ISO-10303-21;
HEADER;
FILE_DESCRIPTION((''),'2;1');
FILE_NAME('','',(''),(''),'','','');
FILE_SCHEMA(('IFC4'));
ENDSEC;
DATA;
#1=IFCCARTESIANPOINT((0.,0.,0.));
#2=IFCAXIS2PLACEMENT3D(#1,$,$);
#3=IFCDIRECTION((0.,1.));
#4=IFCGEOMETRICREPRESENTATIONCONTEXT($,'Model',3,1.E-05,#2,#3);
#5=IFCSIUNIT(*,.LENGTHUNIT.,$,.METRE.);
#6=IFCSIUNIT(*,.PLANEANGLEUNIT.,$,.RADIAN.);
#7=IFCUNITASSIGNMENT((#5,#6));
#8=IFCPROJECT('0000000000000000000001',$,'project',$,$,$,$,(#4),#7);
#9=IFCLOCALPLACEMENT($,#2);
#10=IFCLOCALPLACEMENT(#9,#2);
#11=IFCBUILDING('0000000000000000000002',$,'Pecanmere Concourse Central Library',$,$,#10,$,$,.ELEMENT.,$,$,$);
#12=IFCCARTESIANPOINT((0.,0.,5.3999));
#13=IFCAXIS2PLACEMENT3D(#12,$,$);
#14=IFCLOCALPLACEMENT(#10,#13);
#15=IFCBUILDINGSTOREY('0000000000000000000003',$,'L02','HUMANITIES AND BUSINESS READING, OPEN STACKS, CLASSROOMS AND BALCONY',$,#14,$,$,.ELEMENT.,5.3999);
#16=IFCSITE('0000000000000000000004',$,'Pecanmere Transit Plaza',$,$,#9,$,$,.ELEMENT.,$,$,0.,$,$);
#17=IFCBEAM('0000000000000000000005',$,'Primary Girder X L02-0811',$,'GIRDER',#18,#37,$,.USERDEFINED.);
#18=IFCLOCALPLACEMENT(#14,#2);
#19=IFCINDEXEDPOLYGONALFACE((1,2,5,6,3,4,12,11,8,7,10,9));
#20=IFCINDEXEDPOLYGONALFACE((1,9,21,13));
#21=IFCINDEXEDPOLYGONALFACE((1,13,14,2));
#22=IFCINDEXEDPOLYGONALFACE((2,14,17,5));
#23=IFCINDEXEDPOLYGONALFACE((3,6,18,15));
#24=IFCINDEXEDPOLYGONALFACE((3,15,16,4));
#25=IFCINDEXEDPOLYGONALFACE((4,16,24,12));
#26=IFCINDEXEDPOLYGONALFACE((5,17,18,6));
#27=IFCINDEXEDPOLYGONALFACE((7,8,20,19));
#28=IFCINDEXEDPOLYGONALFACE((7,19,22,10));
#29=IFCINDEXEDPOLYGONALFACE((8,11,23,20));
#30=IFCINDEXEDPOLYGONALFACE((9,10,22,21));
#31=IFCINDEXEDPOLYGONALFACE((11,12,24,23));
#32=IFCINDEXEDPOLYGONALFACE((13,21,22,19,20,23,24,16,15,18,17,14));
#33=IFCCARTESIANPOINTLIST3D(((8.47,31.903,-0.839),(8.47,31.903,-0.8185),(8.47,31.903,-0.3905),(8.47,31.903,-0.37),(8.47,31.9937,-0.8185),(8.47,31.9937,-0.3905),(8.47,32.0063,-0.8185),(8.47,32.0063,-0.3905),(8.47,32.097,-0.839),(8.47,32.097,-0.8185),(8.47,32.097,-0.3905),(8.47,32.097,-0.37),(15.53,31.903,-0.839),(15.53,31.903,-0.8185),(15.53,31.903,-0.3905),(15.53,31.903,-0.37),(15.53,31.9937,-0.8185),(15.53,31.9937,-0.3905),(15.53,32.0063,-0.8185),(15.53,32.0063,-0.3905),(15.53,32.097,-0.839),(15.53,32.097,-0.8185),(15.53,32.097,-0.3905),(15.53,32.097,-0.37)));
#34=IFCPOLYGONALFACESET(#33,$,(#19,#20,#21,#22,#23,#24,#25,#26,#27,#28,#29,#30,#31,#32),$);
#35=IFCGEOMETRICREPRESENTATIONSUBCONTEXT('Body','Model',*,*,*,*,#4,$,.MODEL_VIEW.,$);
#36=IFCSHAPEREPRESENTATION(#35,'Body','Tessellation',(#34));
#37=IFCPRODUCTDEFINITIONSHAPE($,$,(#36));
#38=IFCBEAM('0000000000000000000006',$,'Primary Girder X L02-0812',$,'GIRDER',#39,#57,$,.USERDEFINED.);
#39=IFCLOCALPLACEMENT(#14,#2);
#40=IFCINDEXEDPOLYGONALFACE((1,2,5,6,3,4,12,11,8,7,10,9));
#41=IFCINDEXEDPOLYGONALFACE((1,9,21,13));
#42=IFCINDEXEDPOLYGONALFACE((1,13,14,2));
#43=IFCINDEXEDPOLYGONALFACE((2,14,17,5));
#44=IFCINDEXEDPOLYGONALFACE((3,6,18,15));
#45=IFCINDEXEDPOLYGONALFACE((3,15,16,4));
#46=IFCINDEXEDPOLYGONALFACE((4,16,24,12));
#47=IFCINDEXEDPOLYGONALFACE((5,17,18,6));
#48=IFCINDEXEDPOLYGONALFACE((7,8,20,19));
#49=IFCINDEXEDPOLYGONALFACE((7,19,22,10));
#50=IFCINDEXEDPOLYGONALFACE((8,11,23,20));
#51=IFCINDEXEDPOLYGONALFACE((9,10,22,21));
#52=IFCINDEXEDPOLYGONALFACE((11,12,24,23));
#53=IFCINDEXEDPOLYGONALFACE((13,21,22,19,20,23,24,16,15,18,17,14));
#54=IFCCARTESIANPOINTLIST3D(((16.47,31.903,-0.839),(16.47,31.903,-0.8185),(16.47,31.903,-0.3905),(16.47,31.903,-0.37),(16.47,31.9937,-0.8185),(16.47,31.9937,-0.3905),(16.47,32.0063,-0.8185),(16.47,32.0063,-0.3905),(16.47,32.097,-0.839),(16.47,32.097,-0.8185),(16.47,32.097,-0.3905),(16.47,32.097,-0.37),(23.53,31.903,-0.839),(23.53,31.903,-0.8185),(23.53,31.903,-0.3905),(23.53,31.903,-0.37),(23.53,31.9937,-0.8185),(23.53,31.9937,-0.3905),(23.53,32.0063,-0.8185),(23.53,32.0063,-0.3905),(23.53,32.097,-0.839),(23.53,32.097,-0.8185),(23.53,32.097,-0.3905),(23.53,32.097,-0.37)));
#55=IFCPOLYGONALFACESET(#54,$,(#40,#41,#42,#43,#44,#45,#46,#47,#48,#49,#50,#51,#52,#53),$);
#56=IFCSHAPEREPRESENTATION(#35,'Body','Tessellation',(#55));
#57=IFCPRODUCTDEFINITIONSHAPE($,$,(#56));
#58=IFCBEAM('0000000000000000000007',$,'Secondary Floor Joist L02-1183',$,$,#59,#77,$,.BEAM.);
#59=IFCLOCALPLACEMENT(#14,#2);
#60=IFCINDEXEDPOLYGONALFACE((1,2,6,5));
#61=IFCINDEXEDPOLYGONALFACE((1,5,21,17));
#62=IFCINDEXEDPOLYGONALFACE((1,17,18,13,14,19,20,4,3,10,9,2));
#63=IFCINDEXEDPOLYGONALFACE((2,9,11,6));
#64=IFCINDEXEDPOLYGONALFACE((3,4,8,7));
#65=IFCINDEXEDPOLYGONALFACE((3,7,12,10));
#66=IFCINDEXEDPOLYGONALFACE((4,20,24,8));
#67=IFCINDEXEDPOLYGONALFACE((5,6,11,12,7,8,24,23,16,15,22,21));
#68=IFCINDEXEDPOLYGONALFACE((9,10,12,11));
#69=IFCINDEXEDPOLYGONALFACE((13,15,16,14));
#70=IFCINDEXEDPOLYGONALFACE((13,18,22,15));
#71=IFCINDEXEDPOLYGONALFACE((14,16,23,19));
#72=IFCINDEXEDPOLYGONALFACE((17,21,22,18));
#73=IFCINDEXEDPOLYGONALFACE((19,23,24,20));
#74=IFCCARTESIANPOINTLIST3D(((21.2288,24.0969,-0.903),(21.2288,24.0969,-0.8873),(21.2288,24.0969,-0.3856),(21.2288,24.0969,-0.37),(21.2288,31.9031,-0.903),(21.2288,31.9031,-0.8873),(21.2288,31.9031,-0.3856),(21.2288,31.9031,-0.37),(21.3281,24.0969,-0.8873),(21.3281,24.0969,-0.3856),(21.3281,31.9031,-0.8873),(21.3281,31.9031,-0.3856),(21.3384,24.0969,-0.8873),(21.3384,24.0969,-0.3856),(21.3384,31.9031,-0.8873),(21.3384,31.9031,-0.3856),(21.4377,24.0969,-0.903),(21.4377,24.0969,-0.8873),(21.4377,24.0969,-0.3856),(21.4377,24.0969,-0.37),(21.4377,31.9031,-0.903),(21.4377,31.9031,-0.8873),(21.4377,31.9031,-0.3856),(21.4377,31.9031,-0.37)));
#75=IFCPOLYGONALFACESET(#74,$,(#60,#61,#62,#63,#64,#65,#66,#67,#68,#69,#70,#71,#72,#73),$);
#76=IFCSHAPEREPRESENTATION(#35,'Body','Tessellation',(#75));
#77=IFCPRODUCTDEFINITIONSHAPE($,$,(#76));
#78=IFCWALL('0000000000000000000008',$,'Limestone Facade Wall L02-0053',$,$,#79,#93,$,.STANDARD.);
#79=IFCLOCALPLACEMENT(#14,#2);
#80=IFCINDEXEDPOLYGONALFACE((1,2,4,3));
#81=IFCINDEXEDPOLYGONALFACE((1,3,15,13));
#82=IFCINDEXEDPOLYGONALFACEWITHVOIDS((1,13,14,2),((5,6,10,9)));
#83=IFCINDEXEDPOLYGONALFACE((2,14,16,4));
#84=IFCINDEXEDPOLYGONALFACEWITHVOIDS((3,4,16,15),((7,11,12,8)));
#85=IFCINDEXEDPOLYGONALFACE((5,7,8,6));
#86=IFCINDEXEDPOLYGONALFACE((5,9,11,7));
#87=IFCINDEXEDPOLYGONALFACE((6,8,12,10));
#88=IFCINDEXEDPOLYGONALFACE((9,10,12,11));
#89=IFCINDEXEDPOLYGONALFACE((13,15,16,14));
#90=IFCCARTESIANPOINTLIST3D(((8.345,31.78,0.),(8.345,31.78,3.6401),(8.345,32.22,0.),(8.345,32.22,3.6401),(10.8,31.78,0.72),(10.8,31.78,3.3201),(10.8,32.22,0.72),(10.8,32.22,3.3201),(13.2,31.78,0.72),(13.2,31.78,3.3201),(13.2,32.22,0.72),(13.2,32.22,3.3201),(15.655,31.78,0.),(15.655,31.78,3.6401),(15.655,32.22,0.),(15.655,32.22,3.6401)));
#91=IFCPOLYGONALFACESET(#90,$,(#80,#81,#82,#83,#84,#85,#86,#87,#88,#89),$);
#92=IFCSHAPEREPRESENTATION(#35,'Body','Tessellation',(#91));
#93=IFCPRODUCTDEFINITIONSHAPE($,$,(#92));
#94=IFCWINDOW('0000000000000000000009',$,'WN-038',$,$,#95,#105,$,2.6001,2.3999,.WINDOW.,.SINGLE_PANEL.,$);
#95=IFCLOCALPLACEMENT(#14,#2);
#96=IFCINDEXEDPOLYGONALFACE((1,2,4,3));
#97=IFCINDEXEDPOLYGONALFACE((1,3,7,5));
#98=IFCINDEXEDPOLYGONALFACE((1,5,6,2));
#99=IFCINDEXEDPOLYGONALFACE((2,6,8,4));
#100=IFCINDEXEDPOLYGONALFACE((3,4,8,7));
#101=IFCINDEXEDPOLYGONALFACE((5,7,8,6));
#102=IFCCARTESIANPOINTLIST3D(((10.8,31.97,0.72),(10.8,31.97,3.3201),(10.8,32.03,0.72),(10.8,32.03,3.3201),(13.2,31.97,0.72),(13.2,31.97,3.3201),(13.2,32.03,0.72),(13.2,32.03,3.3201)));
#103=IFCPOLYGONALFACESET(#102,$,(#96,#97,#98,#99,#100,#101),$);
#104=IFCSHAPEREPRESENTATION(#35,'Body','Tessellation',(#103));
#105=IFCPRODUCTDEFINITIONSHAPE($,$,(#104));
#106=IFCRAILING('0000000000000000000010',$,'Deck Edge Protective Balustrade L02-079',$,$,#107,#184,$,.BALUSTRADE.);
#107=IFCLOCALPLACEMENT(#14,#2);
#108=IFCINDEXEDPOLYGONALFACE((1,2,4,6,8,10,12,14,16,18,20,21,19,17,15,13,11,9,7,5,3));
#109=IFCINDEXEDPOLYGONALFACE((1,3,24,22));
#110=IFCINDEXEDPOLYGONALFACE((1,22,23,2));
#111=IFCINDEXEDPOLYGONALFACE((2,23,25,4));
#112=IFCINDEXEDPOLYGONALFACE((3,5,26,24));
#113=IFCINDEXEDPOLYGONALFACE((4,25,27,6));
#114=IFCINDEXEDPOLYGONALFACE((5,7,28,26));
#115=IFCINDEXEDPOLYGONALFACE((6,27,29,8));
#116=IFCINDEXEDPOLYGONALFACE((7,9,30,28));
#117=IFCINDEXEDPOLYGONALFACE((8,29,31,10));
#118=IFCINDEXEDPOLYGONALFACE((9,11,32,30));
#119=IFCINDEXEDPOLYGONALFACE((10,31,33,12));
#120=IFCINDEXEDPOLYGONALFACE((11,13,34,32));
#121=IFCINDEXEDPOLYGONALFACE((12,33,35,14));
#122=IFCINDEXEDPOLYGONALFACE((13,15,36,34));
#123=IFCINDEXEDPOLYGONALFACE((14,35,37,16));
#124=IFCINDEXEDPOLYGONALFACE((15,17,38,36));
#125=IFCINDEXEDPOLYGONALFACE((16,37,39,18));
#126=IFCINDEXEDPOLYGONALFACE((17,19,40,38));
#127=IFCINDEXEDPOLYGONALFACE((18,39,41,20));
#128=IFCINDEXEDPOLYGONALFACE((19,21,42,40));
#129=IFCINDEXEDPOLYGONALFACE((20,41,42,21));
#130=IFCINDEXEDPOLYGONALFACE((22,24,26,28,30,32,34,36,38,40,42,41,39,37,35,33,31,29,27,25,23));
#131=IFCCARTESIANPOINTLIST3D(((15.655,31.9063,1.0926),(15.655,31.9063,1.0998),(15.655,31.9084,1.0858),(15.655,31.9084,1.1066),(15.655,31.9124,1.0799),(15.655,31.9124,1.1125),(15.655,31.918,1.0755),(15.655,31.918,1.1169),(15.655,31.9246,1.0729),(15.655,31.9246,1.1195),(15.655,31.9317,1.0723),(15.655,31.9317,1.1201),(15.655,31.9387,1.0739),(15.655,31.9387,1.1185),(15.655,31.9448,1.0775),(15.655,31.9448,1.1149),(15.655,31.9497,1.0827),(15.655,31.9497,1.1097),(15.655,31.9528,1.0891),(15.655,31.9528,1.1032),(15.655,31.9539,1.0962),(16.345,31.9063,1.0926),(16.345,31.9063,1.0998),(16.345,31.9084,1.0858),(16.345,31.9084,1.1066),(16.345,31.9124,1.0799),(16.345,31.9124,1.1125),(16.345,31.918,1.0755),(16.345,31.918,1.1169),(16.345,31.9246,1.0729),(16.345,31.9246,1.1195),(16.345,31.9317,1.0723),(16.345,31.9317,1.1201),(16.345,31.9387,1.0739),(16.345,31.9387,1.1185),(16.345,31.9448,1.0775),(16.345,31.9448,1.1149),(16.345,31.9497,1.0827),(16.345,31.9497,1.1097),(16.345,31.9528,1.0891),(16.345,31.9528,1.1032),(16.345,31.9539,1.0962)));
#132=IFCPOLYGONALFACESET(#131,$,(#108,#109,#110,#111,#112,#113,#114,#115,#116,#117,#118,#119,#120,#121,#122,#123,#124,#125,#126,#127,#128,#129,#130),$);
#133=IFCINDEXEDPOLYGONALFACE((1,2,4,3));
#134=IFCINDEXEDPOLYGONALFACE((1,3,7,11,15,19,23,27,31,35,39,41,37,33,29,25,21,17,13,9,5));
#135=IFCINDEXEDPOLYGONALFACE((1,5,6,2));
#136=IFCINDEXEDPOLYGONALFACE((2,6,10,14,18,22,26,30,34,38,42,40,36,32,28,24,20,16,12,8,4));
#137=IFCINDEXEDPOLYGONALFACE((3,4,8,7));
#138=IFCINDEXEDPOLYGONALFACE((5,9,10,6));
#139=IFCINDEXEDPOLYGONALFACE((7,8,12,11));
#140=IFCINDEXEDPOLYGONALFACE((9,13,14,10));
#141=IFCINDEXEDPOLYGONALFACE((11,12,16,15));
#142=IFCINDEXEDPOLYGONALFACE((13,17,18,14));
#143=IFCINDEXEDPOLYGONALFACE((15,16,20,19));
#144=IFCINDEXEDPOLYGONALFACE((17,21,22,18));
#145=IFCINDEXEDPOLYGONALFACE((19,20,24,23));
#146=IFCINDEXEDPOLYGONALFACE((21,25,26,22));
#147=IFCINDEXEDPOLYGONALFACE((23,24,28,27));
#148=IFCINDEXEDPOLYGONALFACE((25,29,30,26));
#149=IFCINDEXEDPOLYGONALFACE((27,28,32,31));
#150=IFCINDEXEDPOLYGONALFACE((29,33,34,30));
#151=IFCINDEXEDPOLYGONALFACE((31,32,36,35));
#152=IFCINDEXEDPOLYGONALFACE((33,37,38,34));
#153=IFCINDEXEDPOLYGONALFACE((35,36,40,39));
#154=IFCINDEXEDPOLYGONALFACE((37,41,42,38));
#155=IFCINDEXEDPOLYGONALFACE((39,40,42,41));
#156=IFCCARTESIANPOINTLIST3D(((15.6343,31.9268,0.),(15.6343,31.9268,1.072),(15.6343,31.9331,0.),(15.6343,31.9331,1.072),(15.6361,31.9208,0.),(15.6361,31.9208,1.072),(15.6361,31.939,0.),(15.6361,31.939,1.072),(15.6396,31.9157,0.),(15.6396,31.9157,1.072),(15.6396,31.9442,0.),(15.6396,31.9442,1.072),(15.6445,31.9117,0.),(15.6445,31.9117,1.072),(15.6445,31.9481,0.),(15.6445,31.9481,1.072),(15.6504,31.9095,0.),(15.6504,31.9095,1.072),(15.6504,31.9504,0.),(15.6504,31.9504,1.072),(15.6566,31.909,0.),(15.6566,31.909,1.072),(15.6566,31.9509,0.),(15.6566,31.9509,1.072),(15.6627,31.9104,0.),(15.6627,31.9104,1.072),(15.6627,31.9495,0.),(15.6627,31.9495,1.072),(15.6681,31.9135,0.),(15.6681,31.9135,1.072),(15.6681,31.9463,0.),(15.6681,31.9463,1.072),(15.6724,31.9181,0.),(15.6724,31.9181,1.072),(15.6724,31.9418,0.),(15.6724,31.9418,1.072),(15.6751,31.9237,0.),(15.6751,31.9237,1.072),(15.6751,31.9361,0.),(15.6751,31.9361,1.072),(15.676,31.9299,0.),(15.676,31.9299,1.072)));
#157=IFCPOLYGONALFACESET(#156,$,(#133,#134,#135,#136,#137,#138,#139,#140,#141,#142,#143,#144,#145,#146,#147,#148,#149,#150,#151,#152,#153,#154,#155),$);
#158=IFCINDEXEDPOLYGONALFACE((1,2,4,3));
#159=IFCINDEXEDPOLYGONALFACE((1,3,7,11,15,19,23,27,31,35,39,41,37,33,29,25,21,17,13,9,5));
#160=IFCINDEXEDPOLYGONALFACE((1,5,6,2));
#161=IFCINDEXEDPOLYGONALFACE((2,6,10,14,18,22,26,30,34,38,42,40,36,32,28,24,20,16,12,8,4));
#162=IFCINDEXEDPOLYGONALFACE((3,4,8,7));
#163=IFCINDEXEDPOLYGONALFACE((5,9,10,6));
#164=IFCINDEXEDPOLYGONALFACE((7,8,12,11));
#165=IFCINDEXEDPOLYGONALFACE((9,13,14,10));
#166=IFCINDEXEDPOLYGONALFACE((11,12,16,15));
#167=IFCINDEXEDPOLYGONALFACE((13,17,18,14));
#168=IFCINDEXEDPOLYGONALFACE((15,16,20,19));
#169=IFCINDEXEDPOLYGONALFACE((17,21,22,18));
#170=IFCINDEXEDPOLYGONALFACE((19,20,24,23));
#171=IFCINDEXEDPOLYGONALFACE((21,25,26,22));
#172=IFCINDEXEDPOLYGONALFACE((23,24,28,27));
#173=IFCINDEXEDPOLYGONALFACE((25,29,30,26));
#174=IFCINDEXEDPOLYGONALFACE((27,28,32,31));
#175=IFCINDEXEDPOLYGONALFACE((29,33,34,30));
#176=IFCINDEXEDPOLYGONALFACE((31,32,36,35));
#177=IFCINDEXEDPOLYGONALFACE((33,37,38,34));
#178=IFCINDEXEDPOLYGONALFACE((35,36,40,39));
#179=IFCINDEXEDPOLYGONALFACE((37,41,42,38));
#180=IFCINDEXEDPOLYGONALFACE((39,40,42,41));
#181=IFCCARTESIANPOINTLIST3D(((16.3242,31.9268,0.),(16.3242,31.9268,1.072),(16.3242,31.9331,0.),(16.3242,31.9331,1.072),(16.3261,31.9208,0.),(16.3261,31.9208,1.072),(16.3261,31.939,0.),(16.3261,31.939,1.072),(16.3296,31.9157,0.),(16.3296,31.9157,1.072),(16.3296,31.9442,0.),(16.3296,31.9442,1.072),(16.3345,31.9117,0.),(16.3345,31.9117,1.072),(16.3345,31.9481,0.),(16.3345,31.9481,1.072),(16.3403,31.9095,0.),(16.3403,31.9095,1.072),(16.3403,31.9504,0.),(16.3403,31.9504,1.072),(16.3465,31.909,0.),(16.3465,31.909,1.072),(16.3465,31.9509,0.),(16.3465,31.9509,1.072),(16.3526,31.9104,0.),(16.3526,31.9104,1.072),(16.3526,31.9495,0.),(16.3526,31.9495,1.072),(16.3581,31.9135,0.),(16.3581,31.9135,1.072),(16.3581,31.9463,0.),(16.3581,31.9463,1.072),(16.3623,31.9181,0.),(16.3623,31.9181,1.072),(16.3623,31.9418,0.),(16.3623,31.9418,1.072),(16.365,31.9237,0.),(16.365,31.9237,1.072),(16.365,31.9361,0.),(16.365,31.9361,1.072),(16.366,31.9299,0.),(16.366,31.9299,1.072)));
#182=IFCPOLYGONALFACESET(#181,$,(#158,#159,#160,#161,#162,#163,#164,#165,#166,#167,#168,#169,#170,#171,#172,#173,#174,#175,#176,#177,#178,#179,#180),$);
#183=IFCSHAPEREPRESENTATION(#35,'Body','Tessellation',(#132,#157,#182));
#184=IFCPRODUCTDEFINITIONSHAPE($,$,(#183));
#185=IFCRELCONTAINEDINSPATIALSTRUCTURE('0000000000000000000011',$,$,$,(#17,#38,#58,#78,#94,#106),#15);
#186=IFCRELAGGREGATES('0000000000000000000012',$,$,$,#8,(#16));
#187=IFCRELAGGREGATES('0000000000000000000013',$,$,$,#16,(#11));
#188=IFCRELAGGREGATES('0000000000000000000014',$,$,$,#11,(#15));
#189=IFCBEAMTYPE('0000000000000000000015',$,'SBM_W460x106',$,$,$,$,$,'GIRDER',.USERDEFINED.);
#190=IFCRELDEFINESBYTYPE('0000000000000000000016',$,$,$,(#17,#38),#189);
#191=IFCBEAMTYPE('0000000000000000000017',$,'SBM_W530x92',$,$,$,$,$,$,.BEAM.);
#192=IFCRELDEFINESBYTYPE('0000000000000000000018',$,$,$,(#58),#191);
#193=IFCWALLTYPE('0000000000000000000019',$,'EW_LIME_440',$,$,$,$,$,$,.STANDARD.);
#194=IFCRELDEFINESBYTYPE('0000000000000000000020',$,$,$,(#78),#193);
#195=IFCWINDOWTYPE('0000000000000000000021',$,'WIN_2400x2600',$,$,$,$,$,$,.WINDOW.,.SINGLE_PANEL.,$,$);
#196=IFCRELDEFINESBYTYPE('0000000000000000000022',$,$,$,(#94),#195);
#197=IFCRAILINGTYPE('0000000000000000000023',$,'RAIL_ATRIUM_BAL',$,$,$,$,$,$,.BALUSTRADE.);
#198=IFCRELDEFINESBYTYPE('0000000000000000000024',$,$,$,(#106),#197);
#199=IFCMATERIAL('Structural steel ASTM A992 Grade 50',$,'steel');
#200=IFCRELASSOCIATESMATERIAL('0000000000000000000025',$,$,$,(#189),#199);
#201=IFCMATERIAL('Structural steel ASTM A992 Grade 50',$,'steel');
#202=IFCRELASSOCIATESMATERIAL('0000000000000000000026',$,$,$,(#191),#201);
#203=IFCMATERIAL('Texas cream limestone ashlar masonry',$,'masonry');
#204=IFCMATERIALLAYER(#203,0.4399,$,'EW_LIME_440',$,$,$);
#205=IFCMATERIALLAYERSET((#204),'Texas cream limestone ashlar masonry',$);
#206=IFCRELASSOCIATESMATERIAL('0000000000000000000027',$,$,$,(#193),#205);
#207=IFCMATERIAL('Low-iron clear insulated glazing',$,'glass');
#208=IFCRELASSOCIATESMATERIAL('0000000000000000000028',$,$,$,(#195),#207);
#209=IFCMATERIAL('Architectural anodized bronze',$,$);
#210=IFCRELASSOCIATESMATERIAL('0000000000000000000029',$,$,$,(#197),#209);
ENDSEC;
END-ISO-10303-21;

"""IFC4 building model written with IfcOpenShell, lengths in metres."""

from ifc_helpers import new_model, si_unit, direction, frame, frame_2d, origin, origin_2d, place, context, subcontext, project, spatial, rectangle, circle, i_section, extrude, material, layer, layer_set, material_profile, profile_set, type_object, element, fill, save


model = new_model("IFC4")

# Units and contexts
model_context = context("Model", 3, precision=1e-05, world=origin(), true_north=direction((0.0, 1.0)))
body_context = subcontext(model_context, "Body", "Model", "MODEL_VIEW")
ifc_project = project(units=[si_unit("LENGTHUNIT", "METRE"), si_unit("PLANEANGLEUNIT", "RADIAN")], contexts=[model_context])

# Site, building, storey
site_placement = place(None, origin())
site = spatial("IfcSite", under=ifc_project, at=site_placement, Name="Pecanmere Transit Plaza", CompositionType="ELEMENT", RefElevation=0.0)
building_placement = place(site_placement, origin())
building = spatial("IfcBuilding", under=site, at=building_placement, Name="Pecanmere Concourse Central Library", CompositionType="ELEMENT")
storey_placement = place(building_placement, frame((0.0, 0.0, 5.3999)))
storey = spatial("IfcBuildingStorey", under=building, at=storey_placement, Name="L02", Description="HUMANITIES AND BUSINESS READING, OPEN STACKS, CLASSROOMS AND BALCONY", CompositionType="ELEMENT", Elevation=5.3999)

# Beams
ifc_material_1 = material(Name="Structural steel ASTM A992 Grade 50", Category="steel")
ifc_material_profile_1 = material_profile(ifc_material_1, i_section(OverallWidth=0.1941, OverallDepth=0.469, WebThickness=0.0127, FlangeThickness=0.0205, at=origin_2d()), Name="W460x106")
ifc_profile_set_1 = profile_set([ifc_material_profile_1], Name="Structural steel ASTM A992 Grade 50")
beam_type_1 = type_object("IfcBeamType", Name="SBM_W460x106", ElementType="GIRDER", PredefinedType="USERDEFINED", material=ifc_profile_set_1)
for number, where, z_axis, x_axis, name in (
    (1, (8.47, 32.0, -0.6045), (1.0, 0.0, 0.0), (0.0, 1.0, 0.0), "Primary Girder X L02-0811"),
    (2, (16.47, 32.0, -0.6045), (1.0, 0.0, 0.0), (0.0, 1.0, 0.0), "Primary Girder X L02-0812"),
):
    element("IfcBeam", number, at=place(storey_placement, frame(where, z_axis=z_axis, x_axis=x_axis)), inside=storey, type_object=beam_type_1, Name=name, ObjectType="GIRDER", PredefinedType="USERDEFINED", context=body_context, shape_type="SweptSolid", body=[
        extrude(i_section(OverallWidth=0.1941, OverallDepth=0.469, WebThickness=0.0127, FlangeThickness=0.0205, at=origin_2d()), origin(), (0.0, 0.0, 1.0), 7.0601),
    ])
ifc_material_2 = material(Name="Structural steel ASTM A992 Grade 50", Category="steel")
ifc_material_profile_2 = material_profile(ifc_material_2, i_section(OverallWidth=0.209, OverallDepth=0.533, WebThickness=0.0103, FlangeThickness=0.0156, at=origin_2d()), Name="W530x92")
ifc_profile_set_2 = profile_set([ifc_material_profile_2], Name="Structural steel ASTM A992 Grade 50")
beam_type_2 = type_object("IfcBeamType", Name="SBM_W530x92", PredefinedType="BEAM", material=ifc_profile_set_2)
beam_1_placement = place(storey_placement, frame((21.3333, 24.0969, -0.6365), z_axis=(0.0, 1.0, 0.0), x_axis=(-1.0, 0.0, 0.0)))
element("IfcBeam", 3, at=beam_1_placement, inside=storey, type_object=beam_type_2, Name="Secondary Floor Joist L02-1183", PredefinedType="BEAM", context=body_context, shape_type="SweptSolid", body=[
    extrude(i_section(OverallWidth=0.209, OverallDepth=0.533, WebThickness=0.0103, FlangeThickness=0.0156, at=origin_2d()), origin(), (0.0, 0.0, 1.0), 7.8062),
])

# Wall, opening, window
ifc_material_3 = material(Name="Texas cream limestone ashlar masonry", Category="masonry")
ifc_layer = layer(ifc_material_3, 0.4399, Name="EW_LIME_440")
ifc_layer_set = layer_set([ifc_layer], Name="Texas cream limestone ashlar masonry")
wall_type = type_object("IfcWallType", Name="EW_LIME_440", PredefinedType="STANDARD", material=ifc_layer_set)
wall_placement = place(storey_placement, frame((15.655, 32.0, 0.0), z_axis=(0.0, 0.0, 1.0), x_axis=(-1.0, 0.0, 0.0)))
wall = element("IfcWall", 4, at=wall_placement, inside=storey, type_object=wall_type, Name="Limestone Facade Wall L02-0053", PredefinedType="STANDARD", context=body_context, shape_type="SweptSolid", body=[
    extrude(rectangle(XDim=7.3101, YDim=0.4399, at=frame_2d((3.655, 0.0))), origin(), (0.0, 0.0, 1.0), 3.6401),
])
opening_placement = place(wall_placement, frame((2.4551, 0.0, 0.72)))
opening = element("IfcOpeningElement", 5, at=opening_placement, cuts=wall, PredefinedType="OPENING", context=body_context, shape_type="SweptSolid", body=[
    extrude(rectangle(XDim=2.3999, YDim=2.6001, at=frame_2d((1.2, 1.3))), frame((0.0, 0.2319, 0.0), z_axis=(0.0, -1.0, 0.0), x_axis=(1.0, 0.0, 0.0)), (0.0, 0.0, 1.0), 0.4639),
])
ifc_material_4 = material(Name="Low-iron clear insulated glazing", Category="glass")
window_type = type_object("IfcWindowType", Name="WIN_2400x2600", PartitioningType="SINGLE_PANEL", PredefinedType="WINDOW", material=ifc_material_4)
window_placement = place(opening_placement, origin())
window = element("IfcWindow", 6, at=window_placement, inside=storey, type_object=window_type, Name="WN-038", OverallHeight=2.6001, OverallWidth=2.3999, PartitioningType="SINGLE_PANEL", PredefinedType="WINDOW", context=body_context, shape_type="SweptSolid", body=[
    extrude(rectangle(XDim=2.3999, YDim=2.6001, at=frame_2d((1.2, 1.3))), frame((0.0, 0.03, 0.0), z_axis=(0.0, -1.0, 0.0), x_axis=(1.0, 0.0, 0.0)), (0.0, 0.0, 1.0), 0.0601),
])
fill(opening, window)

# Railing
ifc_material_5 = material(Name="Architectural anodized bronze")
railing_type = type_object("IfcRailingType", Name="RAIL_ATRIUM_BAL", PredefinedType="BALUSTRADE", material=ifc_material_5)
for number, where, name in (
    (7, (15.655, 31.9299, 0.0), "Deck Edge Protective Balustrade L02-079"),
):
    element("IfcRailing", number, at=place(storey_placement, frame(where)), inside=storey, type_object=railing_type, Name=name, PredefinedType="BALUSTRADE", context=body_context, shape_type="SweptSolid", body=[
        extrude(circle(Radius=0.0239, at=origin_2d()), frame((0.0, 0.0, 1.0962), z_axis=(1.0, 0.0, 0.0), x_axis=(0.0, 1.0, 0.0)), (0.0, 0.0, 1.0), 0.6899),
        extrude(circle(Radius=0.021, at=origin_2d()), origin(), (0.0, 0.0, 1.0), 1.072),
        extrude(circle(Radius=0.021, at=origin_2d()), frame((0.6899, 0.0, 0.0)), (0.0, 0.0, 1.0), 1.072),
    ])

save(model, "model.ifc")
